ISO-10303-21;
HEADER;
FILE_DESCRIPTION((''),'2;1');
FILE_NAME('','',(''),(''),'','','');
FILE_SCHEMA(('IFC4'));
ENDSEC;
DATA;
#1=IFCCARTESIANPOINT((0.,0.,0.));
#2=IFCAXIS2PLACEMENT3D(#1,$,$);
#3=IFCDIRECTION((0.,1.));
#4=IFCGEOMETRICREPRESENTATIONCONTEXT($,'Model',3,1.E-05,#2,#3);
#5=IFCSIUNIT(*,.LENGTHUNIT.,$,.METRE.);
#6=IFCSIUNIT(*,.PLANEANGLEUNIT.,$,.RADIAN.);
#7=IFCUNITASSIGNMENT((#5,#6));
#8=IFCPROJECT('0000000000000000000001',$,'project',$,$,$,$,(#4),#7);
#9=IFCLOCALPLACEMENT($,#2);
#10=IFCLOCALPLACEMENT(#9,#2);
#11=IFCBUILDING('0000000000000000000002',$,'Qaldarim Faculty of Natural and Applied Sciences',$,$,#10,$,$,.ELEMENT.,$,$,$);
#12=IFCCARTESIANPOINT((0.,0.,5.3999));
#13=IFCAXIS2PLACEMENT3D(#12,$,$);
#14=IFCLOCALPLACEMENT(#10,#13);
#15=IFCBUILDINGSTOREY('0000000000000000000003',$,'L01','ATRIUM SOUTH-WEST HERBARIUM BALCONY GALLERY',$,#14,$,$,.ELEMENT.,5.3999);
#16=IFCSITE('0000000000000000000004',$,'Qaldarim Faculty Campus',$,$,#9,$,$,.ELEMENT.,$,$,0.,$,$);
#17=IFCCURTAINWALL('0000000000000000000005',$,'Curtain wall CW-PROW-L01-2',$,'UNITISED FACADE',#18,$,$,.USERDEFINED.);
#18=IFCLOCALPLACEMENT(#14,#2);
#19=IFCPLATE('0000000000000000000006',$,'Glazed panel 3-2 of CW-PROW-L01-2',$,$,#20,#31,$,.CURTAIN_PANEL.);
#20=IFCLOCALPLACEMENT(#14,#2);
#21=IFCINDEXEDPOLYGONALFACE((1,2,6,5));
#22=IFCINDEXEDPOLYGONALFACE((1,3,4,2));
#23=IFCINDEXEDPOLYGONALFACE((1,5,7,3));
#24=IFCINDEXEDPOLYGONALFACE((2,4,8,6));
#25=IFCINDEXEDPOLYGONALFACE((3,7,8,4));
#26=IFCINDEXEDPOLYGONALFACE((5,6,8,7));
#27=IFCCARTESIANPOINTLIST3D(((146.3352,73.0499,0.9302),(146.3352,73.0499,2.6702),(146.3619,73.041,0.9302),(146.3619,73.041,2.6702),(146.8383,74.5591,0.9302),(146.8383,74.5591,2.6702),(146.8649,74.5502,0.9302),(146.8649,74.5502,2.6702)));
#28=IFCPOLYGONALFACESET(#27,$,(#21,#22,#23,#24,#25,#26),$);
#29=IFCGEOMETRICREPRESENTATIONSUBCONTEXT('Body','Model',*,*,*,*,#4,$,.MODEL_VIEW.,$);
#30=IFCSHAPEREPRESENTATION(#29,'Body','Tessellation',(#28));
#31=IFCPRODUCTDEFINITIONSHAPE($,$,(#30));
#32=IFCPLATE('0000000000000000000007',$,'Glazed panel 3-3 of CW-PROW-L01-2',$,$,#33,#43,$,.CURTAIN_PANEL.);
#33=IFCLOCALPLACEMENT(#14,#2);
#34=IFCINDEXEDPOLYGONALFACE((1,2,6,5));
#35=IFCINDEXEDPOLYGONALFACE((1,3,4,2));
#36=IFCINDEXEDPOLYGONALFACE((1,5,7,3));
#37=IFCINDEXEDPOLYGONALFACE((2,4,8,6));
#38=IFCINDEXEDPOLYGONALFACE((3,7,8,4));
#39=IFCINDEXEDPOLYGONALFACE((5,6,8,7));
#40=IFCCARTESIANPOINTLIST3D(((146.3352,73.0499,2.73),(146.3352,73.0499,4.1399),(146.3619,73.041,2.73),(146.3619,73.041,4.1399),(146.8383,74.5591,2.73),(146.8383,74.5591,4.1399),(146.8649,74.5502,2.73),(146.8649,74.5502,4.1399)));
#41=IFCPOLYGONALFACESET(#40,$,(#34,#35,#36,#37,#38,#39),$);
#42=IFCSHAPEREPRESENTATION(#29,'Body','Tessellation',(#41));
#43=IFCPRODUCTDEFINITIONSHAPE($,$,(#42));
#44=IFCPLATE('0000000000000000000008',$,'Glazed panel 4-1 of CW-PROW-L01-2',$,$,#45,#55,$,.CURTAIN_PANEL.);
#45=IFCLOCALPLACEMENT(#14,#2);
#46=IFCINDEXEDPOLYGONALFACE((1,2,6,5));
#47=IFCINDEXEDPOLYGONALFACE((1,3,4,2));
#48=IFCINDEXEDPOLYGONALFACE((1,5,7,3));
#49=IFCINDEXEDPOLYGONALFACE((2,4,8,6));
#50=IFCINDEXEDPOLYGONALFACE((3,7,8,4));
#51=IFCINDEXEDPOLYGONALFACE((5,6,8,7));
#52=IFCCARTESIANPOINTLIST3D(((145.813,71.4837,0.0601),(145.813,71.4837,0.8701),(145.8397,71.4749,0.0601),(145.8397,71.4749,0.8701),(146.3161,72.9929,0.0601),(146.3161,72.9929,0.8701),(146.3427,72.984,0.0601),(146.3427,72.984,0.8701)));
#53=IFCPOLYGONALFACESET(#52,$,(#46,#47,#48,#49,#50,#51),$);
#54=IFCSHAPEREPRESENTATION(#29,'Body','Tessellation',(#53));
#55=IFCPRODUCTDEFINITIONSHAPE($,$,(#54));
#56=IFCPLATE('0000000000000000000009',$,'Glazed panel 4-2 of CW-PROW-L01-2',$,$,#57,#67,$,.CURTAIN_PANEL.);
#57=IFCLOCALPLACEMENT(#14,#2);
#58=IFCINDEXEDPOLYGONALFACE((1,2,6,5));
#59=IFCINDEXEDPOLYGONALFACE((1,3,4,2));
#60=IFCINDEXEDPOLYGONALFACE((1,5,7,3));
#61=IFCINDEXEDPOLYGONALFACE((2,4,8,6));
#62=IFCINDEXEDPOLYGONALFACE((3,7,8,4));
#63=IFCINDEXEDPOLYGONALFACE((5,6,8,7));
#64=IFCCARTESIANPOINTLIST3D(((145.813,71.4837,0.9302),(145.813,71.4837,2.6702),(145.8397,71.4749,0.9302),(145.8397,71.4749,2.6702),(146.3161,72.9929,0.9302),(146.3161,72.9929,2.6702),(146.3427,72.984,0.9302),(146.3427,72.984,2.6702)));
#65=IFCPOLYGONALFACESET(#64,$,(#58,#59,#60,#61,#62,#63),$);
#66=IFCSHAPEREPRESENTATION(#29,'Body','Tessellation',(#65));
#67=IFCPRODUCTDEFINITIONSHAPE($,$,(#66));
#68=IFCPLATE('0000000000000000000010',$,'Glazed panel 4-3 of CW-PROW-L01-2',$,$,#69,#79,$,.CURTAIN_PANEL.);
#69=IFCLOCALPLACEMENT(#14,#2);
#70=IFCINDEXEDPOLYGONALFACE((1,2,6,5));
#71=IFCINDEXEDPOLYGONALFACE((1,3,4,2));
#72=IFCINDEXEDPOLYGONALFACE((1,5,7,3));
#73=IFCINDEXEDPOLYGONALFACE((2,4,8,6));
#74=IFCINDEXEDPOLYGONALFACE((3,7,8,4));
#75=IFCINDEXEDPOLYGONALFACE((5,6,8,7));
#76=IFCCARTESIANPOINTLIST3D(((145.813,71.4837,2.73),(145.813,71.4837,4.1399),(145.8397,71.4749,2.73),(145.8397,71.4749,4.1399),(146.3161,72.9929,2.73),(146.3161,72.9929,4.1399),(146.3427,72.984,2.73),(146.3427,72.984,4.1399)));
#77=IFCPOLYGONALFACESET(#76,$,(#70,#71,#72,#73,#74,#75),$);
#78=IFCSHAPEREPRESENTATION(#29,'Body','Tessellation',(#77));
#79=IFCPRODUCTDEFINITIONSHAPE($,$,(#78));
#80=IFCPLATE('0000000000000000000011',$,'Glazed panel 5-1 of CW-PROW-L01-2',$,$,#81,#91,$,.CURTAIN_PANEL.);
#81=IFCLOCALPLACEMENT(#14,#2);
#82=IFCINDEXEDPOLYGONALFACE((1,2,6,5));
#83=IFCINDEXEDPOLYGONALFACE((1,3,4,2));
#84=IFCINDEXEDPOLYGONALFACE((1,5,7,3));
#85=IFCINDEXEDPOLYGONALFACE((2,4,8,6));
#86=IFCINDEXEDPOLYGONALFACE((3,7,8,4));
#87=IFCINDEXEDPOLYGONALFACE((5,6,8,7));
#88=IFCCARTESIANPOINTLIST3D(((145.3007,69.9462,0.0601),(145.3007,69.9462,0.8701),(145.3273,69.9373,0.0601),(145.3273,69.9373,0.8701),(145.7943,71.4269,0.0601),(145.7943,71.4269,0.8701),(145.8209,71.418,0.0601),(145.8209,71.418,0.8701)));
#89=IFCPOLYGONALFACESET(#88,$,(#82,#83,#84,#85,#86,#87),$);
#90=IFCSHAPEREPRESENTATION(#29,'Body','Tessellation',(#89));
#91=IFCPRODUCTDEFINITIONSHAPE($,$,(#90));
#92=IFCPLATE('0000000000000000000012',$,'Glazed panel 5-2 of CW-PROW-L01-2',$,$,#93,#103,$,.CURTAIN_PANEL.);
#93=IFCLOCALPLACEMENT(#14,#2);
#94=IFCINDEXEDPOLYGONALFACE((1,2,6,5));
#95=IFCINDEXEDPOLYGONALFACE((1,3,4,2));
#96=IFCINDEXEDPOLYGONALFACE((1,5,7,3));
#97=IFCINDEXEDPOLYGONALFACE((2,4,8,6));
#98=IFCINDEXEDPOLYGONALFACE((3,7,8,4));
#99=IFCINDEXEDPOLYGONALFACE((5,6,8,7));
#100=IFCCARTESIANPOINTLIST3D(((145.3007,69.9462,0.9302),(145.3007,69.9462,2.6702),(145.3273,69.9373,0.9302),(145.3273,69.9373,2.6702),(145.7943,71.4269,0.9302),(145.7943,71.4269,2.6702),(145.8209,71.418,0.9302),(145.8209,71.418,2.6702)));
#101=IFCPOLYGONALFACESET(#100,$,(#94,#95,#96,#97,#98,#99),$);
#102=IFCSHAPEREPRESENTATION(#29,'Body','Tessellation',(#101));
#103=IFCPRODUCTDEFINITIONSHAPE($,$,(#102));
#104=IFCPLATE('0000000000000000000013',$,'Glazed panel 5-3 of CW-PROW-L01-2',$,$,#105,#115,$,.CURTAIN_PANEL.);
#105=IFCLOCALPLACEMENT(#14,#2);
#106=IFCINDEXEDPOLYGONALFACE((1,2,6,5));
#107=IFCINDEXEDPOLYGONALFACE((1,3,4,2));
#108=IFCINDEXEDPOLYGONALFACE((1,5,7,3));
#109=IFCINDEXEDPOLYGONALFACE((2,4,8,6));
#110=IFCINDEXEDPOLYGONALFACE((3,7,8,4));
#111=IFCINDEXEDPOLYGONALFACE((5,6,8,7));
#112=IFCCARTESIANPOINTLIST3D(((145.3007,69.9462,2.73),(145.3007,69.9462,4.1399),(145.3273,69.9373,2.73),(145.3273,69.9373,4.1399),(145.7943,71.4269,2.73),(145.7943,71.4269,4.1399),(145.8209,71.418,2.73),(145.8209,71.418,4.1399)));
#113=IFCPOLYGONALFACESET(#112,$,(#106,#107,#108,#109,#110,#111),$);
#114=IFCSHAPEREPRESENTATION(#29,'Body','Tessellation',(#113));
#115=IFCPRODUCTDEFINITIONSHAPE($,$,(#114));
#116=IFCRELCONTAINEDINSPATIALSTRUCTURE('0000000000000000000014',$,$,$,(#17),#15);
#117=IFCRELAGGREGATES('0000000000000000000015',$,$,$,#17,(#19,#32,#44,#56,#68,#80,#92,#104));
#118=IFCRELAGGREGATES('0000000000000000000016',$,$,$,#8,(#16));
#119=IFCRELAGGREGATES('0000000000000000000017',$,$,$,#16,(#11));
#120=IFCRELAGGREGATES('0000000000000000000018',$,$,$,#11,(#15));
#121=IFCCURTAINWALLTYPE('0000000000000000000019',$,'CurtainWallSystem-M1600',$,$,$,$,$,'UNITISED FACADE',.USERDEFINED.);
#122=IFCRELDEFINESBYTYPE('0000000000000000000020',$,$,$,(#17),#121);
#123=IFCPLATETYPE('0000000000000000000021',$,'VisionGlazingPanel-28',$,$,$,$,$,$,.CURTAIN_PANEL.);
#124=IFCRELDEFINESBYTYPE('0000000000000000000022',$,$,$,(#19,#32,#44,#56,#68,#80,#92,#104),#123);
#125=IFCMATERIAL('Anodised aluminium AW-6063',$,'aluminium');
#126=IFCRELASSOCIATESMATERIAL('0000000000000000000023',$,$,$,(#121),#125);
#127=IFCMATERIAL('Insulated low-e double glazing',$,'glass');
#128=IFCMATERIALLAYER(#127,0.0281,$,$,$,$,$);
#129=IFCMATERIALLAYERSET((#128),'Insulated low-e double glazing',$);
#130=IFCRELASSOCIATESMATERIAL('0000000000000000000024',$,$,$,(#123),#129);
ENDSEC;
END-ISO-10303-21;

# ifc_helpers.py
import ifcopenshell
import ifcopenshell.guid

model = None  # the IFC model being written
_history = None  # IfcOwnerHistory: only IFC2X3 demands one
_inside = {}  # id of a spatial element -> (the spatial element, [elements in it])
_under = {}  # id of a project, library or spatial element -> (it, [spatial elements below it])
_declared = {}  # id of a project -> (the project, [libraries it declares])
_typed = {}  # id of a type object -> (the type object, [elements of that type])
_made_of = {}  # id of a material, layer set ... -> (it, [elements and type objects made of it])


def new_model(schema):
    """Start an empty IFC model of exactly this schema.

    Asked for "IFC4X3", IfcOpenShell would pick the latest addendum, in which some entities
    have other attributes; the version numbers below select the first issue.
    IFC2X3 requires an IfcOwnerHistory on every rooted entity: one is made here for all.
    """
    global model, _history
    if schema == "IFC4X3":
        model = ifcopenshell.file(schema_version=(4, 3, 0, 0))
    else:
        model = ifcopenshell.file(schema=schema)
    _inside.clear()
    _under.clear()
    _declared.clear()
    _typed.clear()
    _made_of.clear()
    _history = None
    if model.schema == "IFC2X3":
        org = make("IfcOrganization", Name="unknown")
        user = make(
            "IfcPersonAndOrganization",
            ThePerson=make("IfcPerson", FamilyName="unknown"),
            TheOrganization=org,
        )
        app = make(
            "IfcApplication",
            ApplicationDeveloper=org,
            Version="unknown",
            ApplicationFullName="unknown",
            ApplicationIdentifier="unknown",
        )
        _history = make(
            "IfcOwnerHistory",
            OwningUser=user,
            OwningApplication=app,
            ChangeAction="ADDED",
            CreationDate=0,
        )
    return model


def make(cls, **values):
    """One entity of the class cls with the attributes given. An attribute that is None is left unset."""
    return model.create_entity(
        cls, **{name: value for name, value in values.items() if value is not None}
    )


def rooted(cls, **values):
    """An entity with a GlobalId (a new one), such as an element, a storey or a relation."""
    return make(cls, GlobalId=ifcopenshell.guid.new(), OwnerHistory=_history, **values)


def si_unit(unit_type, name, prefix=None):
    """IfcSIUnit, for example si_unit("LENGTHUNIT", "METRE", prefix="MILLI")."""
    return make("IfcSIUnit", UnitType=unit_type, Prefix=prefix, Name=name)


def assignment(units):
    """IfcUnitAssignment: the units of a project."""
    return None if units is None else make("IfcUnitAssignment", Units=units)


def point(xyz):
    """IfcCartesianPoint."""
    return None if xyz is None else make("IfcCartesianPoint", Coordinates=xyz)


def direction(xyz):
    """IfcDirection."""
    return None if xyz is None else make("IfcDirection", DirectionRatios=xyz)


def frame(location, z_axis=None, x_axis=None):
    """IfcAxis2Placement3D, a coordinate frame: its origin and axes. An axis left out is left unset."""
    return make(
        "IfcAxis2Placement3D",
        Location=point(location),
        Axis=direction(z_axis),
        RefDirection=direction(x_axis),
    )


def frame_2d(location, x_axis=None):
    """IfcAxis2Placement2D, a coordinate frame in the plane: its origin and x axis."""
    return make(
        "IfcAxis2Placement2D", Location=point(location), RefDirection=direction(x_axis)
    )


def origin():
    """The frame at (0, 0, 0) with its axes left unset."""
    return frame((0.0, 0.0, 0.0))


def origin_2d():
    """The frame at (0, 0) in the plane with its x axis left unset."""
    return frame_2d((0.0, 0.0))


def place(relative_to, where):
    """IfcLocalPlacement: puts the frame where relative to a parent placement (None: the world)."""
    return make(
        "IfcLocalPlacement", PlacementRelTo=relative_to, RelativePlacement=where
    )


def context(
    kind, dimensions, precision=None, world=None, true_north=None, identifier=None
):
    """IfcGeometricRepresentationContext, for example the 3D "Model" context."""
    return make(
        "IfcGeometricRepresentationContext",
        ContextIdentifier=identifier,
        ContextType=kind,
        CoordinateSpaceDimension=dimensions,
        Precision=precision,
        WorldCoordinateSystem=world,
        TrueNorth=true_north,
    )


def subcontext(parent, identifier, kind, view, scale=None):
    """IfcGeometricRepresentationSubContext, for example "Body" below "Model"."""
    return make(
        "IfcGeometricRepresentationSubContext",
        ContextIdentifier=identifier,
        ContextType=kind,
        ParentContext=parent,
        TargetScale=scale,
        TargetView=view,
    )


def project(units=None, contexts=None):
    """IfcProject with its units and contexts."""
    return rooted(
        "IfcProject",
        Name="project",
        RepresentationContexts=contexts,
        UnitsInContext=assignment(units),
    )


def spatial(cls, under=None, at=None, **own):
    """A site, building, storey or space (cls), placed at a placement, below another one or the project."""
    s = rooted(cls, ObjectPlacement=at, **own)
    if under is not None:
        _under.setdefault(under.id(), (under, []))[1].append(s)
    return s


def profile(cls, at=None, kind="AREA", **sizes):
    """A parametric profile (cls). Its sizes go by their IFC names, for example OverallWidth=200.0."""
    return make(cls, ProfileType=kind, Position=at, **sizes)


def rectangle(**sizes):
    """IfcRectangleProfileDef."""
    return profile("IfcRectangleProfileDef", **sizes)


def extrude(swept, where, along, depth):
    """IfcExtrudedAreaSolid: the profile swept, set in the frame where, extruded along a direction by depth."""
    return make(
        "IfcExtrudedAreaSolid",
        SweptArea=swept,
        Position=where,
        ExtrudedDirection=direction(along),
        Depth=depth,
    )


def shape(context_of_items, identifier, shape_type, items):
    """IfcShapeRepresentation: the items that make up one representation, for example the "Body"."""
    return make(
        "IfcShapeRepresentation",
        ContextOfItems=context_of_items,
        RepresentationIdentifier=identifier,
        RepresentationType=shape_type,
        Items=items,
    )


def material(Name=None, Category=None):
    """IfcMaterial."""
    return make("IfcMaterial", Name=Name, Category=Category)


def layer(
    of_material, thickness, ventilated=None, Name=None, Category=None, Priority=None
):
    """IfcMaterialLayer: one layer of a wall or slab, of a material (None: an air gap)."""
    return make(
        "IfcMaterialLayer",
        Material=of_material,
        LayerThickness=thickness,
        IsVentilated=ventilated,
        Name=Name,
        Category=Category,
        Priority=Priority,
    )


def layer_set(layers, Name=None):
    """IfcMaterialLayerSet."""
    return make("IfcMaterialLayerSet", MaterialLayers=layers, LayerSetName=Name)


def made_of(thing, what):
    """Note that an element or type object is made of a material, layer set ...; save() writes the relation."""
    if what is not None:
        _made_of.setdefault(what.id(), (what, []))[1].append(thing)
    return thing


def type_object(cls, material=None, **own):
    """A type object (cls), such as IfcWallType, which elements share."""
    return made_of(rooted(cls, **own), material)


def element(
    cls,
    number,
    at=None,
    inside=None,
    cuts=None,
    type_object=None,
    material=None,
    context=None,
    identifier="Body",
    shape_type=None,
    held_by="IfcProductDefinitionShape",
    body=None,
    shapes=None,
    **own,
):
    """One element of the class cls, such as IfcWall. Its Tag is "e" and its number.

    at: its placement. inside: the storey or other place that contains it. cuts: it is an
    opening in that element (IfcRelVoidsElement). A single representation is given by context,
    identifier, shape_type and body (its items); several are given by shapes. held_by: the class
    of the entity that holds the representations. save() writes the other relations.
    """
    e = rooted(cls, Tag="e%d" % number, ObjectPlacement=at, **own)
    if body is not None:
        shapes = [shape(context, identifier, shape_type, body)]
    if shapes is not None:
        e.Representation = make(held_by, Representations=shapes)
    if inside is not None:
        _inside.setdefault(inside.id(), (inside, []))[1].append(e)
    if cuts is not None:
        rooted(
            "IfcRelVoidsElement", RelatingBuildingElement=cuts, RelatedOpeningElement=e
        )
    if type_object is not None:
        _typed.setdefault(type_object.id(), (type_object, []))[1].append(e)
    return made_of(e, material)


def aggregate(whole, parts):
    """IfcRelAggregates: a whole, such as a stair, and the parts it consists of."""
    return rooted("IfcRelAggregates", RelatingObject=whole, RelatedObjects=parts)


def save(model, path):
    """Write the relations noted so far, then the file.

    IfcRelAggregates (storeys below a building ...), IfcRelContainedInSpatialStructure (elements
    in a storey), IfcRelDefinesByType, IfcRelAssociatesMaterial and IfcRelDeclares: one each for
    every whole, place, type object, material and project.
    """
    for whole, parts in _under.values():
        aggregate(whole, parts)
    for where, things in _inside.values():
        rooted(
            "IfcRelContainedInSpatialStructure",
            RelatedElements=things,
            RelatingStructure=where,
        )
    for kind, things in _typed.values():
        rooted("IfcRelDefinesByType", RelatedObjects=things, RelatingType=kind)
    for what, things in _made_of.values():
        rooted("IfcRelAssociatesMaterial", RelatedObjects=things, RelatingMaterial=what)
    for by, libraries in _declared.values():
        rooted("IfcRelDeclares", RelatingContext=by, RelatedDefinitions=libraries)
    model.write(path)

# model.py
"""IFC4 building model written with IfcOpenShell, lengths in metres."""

from ifc_helpers import new_model, si_unit, direction, frame, origin, origin_2d, place, context, subcontext, project, spatial, rectangle, extrude, material, layer, layer_set, type_object, element, aggregate, save


model = new_model("IFC4")

# Units and contexts
model_context = context("Model", 3, precision=1e-05, world=origin(), true_north=direction((0.0, 1.0)))
body_context = subcontext(model_context, "Body", "Model", "MODEL_VIEW")
ifc_project = project(units=[si_unit("LENGTHUNIT", "METRE"), si_unit("PLANEANGLEUNIT", "RADIAN")], contexts=[model_context])

# Site, building, storey
site_placement = place(None, origin())
site = spatial("IfcSite", under=ifc_project, at=site_placement, Name="Qaldarim Faculty Campus", CompositionType="ELEMENT", RefElevation=0.0)
building_placement = place(site_placement, origin())
building = spatial("IfcBuilding", under=site, at=building_placement, Name="Qaldarim Faculty of Natural and Applied Sciences", CompositionType="ELEMENT")
storey_placement = place(building_placement, frame((0.0, 0.0, 5.3999)))
storey = spatial("IfcBuildingStorey", under=building, at=storey_placement, Name="L01", Description="ATRIUM SOUTH-WEST HERBARIUM BALCONY GALLERY", CompositionType="ELEMENT", Elevation=5.3999)

# Curtain wall
ifc_material_1 = material(Name="Anodised aluminium AW-6063", Category="aluminium")
curtain_wall_type = type_object("IfcCurtainWallType", Name="CurtainWallSystem-M1600", ElementType="UNITISED FACADE", PredefinedType="USERDEFINED", material=ifc_material_1)
curtain_wall_placement = place(storey_placement, origin())
curtain_wall = element("IfcCurtainWall", 1, at=curtain_wall_placement, inside=storey, type_object=curtain_wall_type, Name="Curtain wall CW-PROW-L01-2", ObjectType="UNITISED FACADE", PredefinedType="USERDEFINED")

# Plates
ifc_material_2 = material(Name="Insulated low-e double glazing", Category="glass")
ifc_layer = layer(ifc_material_2, 0.0281)
ifc_layer_set = layer_set([ifc_layer], Name="Insulated low-e double glazing")
plate_type = type_object("IfcPlateType", Name="VisionGlazingPanel-28", PredefinedType="CURTAIN_PANEL", material=ifc_layer_set)
plate_1_placement = place(storey_placement, frame((146.6001, 73.8, 0.9302), z_axis=(0.0, 0.0, 1.0), x_axis=(-0.316229, -0.948683, 0.0)))
plate_1 = element("IfcPlate", 2, at=plate_1_placement, type_object=plate_type, Name="Glazed panel 3-2 of CW-PROW-L01-2", PredefinedType="CURTAIN_PANEL", context=body_context, shape_type="SweptSolid", body=[
    extrude(rectangle(XDim=1.5908, YDim=0.0281, at=origin_2d()), origin(), (0.0, 0.0, 1.0), 1.74),
])
plate_2_placement = place(storey_placement, frame((146.6001, 73.8, 2.73), z_axis=(0.0, 0.0, 1.0), x_axis=(-0.316229, -0.948683, 0.0)))
plate_2 = element("IfcPlate", 3, at=plate_2_placement, type_object=plate_type, Name="Glazed panel 3-3 of CW-PROW-L01-2", PredefinedType="CURTAIN_PANEL", context=body_context, shape_type="SweptSolid", body=[
    extrude(rectangle(XDim=1.5908, YDim=0.0281, at=origin_2d()), origin(), (0.0, 0.0, 1.0), 1.4099),
])
plate_3_placement = place(storey_placement, frame((146.0779, 72.2339, 0.0601), z_axis=(0.0, 0.0, 1.0), x_axis=(-0.316229, -0.948683, 0.0)))
plate_3 = element("IfcPlate", 4, at=plate_3_placement, type_object=plate_type, Name="Glazed panel 4-1 of CW-PROW-L01-2", PredefinedType="CURTAIN_PANEL", context=body_context, shape_type="SweptSolid", body=[
    extrude(rectangle(XDim=1.5908, YDim=0.0281, at=origin_2d()), origin(), (0.0, 0.0, 1.0), 0.8101),
])
plate_4_placement = place(storey_placement, frame((146.0779, 72.2339, 0.9302), z_axis=(0.0, 0.0, 1.0), x_axis=(-0.316229, -0.948683, 0.0)))
plate_4 = element("IfcPlate", 5, at=plate_4_placement, type_object=plate_type, Name="Glazed panel 4-2 of CW-PROW-L01-2", PredefinedType="CURTAIN_PANEL", context=body_context, shape_type="SweptSolid", body=[
    extrude(rectangle(XDim=1.5908, YDim=0.0281, at=origin_2d()), origin(), (0.0, 0.0, 1.0), 1.74),
])
plate_5_placement = place(storey_placement, frame((146.0779, 72.2339, 2.73), z_axis=(0.0, 0.0, 1.0), x_axis=(-0.316229, -0.948683, 0.0)))
plate_5 = element("IfcPlate", 6, at=plate_5_placement, type_object=plate_type, Name="Glazed panel 4-3 of CW-PROW-L01-2", PredefinedType="CURTAIN_PANEL", context=body_context, shape_type="SweptSolid", body=[
    extrude(rectangle(XDim=1.5908, YDim=0.0281, at=origin_2d()), origin(), (0.0, 0.0, 1.0), 1.4099),
])
plate_6_placement = place(storey_placement, frame((145.5608, 70.6821, 0.0601), z_axis=(0.0, 0.0, 1.0), x_axis=(-0.316229, -0.948683, 0.0)))
plate_6 = element("IfcPlate", 7, at=plate_6_placement, type_object=plate_type, Name="Glazed panel 5-1 of CW-PROW-L01-2", PredefinedType="CURTAIN_PANEL", context=body_context, shape_type="SweptSolid", body=[
    extrude(rectangle(XDim=1.5608, YDim=0.0281, at=origin_2d()), origin(), (0.0, 0.0, 1.0), 0.8101),
])
plate_7_placement = place(storey_placement, frame((145.5608, 70.6821, 0.9302), z_axis=(0.0, 0.0, 1.0), x_axis=(-0.316229, -0.948683, 0.0)))
plate_7 = element("IfcPlate", 8, at=plate_7_placement, type_object=plate_type, Name="Glazed panel 5-2 of CW-PROW-L01-2", PredefinedType="CURTAIN_PANEL", context=body_context, shape_type="SweptSolid", body=[
    extrude(rectangle(XDim=1.5608, YDim=0.0281, at=origin_2d()), origin(), (0.0, 0.0, 1.0), 1.74),
])
plate_8_placement = place(storey_placement, frame((145.5608, 70.6821, 2.73), z_axis=(0.0, 0.0, 1.0), x_axis=(-0.316229, -0.948683, 0.0)))
plate_8 = element("IfcPlate", 9, at=plate_8_placement, type_object=plate_type, Name="Glazed panel 5-3 of CW-PROW-L01-2", PredefinedType="CURTAIN_PANEL", context=body_context, shape_type="SweptSolid", body=[
    extrude(rectangle(XDim=1.5608, YDim=0.0281, at=origin_2d()), origin(), (0.0, 0.0, 1.0), 1.4099),
])
aggregate(curtain_wall, [plate_1, plate_2, plate_3, plate_4, plate_5, plate_6, plate_7, plate_8])

save(model, "model.ifc")
